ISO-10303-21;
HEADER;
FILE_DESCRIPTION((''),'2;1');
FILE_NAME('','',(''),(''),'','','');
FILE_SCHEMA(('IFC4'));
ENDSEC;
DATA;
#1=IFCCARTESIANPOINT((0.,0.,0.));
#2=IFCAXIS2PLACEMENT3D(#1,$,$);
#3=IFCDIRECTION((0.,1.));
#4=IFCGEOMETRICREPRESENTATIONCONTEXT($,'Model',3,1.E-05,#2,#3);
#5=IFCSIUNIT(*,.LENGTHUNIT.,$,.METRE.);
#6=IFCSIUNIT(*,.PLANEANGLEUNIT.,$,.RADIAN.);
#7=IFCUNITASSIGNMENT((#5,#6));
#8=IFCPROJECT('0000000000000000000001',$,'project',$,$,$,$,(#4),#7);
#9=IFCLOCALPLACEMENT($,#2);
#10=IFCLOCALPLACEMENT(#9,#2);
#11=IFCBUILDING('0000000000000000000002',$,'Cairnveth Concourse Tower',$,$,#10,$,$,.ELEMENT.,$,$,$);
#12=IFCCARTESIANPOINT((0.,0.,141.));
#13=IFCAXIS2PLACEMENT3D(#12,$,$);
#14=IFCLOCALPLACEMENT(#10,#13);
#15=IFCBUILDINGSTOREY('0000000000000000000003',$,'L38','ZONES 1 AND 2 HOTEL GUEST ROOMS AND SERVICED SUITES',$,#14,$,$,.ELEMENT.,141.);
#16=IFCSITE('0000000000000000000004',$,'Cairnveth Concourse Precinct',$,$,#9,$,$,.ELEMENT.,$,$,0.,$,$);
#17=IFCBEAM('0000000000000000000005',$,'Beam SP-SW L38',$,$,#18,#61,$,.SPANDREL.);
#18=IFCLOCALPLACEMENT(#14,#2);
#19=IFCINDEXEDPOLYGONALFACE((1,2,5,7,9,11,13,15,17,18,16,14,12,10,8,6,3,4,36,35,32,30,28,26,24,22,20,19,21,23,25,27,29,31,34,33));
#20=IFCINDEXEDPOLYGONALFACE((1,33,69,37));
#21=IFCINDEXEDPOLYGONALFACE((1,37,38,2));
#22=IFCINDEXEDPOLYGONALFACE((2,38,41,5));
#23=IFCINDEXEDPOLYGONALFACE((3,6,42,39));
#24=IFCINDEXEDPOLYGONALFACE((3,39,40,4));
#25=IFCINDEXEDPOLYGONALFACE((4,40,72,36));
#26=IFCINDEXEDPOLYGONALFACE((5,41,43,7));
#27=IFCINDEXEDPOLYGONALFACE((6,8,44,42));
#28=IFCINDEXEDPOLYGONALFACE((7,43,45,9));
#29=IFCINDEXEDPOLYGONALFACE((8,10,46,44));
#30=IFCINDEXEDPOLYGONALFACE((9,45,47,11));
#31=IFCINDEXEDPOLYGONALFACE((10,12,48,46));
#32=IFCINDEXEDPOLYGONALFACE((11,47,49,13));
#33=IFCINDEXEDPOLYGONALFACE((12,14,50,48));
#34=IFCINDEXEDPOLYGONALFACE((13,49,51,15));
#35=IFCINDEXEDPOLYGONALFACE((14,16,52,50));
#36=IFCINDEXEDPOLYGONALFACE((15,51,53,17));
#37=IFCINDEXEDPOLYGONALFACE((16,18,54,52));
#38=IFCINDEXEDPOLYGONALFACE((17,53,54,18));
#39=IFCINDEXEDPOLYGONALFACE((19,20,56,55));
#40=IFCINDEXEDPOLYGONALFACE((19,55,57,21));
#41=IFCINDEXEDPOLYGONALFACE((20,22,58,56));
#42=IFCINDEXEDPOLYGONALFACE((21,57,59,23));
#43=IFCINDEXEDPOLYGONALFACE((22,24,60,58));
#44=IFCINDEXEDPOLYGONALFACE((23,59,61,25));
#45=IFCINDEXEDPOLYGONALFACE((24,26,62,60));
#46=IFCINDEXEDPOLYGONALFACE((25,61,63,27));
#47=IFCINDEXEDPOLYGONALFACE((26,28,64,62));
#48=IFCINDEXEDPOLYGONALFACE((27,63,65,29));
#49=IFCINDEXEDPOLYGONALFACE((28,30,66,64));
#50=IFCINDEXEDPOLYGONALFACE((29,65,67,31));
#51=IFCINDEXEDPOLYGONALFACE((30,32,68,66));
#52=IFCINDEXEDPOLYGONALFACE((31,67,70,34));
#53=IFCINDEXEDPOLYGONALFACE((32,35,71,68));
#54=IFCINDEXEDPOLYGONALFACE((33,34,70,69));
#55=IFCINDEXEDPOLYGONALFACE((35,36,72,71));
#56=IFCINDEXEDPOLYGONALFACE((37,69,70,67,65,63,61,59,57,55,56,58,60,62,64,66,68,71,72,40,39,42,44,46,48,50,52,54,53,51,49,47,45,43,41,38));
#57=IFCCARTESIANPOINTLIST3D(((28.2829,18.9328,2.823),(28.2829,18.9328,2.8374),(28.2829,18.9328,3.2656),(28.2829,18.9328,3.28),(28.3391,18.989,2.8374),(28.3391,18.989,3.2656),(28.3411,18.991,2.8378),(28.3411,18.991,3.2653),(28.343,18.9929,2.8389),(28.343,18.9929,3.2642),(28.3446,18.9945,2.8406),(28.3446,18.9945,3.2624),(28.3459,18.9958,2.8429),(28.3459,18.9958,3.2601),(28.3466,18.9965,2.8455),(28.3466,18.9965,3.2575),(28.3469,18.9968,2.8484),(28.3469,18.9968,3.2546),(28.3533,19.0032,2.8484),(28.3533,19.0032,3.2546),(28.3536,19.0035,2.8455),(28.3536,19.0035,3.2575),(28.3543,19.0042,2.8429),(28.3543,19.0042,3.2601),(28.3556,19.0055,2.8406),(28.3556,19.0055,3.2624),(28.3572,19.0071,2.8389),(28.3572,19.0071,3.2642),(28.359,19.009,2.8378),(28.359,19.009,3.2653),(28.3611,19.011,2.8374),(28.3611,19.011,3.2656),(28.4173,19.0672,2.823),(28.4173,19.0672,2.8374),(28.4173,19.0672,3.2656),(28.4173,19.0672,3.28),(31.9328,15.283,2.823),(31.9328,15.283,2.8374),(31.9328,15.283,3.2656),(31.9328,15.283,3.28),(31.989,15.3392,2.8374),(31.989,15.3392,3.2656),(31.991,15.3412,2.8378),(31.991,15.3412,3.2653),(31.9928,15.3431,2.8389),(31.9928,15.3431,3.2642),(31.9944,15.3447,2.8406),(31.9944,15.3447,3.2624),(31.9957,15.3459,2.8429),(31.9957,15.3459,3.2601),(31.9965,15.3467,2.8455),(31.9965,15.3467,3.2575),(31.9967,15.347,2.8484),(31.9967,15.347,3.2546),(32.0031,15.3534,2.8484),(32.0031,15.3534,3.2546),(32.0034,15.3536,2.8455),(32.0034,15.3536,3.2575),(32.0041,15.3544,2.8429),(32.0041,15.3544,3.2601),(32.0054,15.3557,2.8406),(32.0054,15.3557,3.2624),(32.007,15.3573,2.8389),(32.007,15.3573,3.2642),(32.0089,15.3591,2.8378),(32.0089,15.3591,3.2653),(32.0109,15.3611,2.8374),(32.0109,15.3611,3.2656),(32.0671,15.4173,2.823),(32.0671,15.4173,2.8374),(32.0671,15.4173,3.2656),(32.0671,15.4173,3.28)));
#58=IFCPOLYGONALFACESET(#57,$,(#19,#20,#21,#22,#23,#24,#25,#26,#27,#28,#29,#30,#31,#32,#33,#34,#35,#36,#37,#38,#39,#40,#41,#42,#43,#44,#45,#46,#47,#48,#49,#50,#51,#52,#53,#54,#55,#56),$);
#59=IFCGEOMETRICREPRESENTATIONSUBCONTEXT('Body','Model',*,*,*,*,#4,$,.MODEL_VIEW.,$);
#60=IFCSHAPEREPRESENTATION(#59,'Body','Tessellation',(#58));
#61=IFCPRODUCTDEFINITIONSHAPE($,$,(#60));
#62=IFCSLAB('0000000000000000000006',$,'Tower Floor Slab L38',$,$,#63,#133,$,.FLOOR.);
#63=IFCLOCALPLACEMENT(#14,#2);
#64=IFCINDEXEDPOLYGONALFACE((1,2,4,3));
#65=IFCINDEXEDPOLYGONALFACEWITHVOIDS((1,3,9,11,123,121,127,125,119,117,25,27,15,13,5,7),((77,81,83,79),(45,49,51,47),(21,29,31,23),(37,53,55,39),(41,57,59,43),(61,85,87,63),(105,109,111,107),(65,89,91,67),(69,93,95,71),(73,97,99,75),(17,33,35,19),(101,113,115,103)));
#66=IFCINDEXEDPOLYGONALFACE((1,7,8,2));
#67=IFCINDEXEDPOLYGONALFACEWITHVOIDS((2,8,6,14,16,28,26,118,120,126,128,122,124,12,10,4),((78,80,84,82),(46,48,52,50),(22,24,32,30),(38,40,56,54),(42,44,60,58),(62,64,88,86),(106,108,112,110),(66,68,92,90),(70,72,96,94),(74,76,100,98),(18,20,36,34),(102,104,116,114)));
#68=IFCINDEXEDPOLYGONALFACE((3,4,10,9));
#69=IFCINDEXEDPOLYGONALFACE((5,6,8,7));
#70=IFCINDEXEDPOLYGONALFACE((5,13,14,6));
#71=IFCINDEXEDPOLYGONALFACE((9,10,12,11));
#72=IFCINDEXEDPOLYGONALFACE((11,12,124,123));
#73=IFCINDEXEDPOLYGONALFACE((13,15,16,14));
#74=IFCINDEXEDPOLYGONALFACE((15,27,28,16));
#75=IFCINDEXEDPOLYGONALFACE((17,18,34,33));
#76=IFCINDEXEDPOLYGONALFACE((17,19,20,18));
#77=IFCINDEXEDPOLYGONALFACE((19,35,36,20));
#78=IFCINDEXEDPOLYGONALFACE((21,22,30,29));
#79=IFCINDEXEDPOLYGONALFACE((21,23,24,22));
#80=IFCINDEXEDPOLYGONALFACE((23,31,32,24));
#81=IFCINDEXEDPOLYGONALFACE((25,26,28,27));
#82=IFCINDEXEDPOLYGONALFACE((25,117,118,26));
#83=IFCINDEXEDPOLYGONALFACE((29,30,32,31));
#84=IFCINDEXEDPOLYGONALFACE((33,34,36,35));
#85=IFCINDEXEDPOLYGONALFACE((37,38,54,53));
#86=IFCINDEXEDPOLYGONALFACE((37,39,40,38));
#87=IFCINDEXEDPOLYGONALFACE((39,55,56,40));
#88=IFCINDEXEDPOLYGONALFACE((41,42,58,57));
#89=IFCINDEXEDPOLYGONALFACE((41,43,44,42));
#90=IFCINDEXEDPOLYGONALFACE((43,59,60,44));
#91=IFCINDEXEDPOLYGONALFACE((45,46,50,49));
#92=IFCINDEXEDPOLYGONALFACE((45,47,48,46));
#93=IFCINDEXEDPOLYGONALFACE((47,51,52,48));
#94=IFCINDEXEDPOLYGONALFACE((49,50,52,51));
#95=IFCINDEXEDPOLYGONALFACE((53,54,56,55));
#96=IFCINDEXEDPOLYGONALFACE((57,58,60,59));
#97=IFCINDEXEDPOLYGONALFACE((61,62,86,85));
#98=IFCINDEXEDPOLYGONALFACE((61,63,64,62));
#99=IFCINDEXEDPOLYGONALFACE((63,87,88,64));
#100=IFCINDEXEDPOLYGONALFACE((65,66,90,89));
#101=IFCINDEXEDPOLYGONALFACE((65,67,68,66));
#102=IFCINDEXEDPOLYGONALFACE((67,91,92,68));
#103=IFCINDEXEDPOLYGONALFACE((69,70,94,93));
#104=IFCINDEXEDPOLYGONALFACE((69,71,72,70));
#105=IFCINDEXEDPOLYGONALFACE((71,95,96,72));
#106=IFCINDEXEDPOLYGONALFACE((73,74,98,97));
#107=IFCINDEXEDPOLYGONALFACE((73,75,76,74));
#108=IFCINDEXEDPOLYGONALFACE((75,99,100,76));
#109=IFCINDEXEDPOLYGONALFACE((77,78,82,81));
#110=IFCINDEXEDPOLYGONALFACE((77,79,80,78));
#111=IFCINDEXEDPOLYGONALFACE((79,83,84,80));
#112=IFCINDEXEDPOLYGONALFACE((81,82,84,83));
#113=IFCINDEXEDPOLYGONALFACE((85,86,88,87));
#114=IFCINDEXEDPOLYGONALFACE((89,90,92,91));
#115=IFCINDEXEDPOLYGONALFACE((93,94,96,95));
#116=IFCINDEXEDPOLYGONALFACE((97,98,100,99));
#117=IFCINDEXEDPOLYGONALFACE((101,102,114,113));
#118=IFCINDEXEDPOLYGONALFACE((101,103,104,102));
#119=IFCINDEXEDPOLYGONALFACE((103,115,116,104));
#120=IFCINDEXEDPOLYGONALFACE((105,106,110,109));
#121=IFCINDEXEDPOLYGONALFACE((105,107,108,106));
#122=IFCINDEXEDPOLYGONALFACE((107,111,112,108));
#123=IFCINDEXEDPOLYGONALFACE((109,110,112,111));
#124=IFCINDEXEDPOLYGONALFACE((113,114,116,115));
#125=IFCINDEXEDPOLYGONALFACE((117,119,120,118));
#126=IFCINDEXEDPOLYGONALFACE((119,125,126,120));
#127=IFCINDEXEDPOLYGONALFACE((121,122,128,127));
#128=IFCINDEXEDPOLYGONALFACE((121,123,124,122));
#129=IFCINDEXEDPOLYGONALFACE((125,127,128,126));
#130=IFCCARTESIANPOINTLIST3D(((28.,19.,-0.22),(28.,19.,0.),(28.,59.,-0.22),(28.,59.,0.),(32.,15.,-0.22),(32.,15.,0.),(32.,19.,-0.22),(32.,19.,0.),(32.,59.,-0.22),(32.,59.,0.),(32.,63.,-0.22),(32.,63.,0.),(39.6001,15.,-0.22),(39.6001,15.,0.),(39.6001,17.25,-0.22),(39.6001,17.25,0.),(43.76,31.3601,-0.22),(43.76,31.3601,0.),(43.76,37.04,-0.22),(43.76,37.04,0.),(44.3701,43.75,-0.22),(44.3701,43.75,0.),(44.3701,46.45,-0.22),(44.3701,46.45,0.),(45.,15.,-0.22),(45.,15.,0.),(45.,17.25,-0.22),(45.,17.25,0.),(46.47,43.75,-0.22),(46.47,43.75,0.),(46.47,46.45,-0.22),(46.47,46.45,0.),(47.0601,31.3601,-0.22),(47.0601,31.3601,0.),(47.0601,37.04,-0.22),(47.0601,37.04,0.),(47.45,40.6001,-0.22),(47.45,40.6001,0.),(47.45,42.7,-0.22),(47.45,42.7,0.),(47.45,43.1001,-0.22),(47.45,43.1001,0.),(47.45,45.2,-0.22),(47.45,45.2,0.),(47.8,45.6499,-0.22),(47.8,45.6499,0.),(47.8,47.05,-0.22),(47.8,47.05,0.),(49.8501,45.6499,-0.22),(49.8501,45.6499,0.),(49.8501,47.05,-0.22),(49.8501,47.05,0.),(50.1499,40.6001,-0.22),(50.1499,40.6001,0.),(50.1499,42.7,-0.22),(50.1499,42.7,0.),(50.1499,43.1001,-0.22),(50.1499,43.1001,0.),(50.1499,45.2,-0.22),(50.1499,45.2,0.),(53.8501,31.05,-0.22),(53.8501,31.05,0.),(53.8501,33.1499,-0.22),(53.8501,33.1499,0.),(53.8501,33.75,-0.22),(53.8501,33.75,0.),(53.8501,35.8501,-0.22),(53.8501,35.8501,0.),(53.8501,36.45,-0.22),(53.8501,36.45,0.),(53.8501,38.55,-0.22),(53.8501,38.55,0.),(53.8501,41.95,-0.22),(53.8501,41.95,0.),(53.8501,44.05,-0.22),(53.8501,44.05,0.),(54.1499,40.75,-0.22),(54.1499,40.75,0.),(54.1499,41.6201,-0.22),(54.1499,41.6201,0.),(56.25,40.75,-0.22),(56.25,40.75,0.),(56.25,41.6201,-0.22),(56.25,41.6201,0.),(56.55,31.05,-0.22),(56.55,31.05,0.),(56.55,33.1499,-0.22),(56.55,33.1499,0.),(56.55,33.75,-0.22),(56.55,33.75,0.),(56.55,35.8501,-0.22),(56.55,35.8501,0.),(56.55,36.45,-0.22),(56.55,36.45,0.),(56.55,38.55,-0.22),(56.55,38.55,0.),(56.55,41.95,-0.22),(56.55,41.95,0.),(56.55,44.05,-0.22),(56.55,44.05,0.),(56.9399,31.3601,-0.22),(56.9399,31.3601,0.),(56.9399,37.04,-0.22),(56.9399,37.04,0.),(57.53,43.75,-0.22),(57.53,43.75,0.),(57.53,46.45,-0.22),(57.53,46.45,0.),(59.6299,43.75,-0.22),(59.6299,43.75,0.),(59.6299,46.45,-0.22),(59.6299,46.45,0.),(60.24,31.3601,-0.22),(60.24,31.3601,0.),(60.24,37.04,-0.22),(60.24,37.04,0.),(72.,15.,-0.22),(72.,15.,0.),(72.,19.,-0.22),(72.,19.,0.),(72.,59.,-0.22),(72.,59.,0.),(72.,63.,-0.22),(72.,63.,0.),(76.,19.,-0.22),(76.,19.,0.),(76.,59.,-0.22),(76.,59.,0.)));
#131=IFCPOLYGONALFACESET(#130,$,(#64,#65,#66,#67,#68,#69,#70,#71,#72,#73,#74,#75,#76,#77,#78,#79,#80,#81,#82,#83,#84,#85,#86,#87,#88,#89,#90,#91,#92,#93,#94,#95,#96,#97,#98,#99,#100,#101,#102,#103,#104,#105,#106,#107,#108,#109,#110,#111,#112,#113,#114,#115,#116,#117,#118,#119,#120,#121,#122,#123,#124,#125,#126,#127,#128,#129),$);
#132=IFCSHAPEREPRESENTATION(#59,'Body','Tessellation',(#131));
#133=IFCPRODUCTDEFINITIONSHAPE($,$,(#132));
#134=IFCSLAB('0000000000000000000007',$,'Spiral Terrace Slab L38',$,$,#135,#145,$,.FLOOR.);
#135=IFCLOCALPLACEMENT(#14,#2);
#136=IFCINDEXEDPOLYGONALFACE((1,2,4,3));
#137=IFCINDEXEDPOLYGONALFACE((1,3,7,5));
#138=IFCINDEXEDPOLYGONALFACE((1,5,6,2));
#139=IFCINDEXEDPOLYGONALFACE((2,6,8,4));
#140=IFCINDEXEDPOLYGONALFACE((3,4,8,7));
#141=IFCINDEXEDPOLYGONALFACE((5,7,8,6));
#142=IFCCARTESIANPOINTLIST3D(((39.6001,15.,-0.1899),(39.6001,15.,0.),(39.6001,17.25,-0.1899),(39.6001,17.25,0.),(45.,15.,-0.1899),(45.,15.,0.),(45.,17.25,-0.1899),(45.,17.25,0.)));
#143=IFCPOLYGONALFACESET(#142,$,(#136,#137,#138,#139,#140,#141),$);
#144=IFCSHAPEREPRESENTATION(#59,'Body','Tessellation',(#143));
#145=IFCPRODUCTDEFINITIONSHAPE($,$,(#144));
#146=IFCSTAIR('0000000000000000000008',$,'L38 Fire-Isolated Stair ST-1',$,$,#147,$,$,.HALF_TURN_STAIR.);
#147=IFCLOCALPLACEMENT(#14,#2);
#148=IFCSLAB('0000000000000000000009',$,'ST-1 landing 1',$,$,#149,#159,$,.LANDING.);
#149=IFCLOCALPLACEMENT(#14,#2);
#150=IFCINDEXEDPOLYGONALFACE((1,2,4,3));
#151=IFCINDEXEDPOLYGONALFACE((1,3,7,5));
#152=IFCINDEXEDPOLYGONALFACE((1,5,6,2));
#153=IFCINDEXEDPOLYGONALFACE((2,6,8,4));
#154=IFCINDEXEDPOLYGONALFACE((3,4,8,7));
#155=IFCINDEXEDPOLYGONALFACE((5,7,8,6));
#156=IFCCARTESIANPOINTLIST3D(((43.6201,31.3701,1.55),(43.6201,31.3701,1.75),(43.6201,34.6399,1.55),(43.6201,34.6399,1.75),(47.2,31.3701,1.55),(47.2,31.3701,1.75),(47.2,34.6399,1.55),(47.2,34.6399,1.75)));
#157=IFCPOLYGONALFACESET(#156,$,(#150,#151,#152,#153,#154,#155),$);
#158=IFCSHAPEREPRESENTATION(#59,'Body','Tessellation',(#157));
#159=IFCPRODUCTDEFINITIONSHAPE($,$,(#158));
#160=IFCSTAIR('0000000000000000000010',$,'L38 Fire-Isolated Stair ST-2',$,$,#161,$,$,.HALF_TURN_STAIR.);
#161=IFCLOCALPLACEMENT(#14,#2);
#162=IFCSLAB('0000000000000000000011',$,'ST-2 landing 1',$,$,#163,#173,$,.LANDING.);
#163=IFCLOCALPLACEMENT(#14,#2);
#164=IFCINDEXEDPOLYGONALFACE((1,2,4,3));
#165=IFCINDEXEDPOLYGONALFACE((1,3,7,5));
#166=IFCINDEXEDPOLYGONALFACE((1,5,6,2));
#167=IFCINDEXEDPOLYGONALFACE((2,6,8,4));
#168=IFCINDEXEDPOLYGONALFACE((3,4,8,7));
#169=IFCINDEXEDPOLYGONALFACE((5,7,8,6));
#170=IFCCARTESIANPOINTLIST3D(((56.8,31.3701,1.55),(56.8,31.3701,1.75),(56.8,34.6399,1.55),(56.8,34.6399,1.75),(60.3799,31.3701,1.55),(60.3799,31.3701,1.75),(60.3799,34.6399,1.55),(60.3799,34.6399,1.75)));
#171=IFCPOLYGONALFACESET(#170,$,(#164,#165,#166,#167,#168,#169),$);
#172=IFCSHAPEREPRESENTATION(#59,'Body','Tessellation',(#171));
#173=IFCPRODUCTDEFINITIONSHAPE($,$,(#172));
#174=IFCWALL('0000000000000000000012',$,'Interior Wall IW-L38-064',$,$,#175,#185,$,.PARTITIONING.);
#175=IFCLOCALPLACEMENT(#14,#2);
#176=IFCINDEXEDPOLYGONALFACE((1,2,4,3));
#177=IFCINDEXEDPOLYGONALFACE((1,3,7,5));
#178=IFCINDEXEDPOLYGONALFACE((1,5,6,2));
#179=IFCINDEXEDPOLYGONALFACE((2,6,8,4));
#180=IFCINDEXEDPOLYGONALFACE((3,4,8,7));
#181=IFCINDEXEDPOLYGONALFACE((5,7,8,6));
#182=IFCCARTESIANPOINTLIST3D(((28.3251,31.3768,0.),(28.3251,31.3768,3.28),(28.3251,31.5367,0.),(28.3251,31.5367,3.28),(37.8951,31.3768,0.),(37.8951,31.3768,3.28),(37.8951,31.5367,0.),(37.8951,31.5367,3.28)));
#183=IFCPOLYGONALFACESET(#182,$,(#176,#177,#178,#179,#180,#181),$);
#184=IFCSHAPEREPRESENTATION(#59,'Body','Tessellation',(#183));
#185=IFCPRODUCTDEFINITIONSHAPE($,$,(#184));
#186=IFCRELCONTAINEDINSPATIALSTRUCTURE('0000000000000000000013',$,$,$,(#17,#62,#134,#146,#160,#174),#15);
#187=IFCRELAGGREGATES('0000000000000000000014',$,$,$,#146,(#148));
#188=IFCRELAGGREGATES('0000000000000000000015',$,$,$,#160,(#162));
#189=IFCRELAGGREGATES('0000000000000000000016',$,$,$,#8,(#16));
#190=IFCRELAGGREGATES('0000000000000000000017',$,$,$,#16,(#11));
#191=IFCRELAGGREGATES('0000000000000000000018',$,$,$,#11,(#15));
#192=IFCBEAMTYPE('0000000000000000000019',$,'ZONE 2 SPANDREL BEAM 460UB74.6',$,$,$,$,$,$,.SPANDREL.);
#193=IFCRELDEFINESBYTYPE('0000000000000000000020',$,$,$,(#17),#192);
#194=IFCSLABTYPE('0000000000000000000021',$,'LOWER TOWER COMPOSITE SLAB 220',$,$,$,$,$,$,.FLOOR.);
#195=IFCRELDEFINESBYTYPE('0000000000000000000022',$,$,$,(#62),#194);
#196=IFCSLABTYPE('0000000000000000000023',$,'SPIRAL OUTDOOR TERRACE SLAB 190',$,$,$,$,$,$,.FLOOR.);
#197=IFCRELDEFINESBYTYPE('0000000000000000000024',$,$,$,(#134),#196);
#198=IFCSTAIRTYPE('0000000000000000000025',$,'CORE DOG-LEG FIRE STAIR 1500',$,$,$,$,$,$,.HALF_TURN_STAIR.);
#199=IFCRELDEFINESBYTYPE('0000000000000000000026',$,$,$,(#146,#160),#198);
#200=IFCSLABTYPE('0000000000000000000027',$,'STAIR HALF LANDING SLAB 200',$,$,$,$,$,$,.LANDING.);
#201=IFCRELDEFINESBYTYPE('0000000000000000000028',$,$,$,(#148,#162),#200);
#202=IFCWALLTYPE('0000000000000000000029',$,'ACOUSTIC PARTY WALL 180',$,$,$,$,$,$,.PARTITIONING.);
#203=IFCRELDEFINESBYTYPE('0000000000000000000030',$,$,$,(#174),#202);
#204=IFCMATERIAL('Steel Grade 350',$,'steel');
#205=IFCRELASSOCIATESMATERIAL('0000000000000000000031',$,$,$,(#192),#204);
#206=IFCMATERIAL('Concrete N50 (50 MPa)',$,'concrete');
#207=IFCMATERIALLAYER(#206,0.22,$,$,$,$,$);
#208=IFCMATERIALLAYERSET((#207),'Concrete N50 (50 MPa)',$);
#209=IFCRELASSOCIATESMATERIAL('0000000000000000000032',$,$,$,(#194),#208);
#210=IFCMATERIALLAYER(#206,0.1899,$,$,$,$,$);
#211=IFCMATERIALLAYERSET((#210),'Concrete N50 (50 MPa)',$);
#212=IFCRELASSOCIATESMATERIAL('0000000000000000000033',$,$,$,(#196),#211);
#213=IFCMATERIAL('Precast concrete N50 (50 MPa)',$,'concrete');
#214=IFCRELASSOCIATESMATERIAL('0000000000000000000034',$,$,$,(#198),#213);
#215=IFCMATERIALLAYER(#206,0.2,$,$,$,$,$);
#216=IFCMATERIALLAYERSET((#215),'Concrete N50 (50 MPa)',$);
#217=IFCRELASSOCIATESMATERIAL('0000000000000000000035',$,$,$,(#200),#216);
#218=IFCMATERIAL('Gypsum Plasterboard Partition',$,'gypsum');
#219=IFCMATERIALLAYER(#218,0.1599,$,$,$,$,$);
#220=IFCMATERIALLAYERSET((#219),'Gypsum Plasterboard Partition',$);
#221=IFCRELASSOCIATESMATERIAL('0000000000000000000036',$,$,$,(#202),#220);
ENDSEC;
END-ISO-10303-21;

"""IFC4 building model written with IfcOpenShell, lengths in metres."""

from ifc_helpers import new_model, si_unit, direction, frame, frame_2d, origin, origin_2d, place, context, subcontext, project, spatial, polyline, rectangle, i_section, outline, extrude, material, layer, layer_set, material_profile, profile_set, type_object, element, aggregate, save


model = new_model("IFC4")

# Units and contexts
model_context = context("Model", 3, precision=1e-05, world=origin(), true_north=direction((0.0, 1.0)))
body_context = subcontext(model_context, "Body", "Model", "MODEL_VIEW")
ifc_project = project(units=[si_unit("LENGTHUNIT", "METRE"), si_unit("PLANEANGLEUNIT", "RADIAN")], contexts=[model_context])

# Site, building, storey
site_placement = place(None, origin())
site = spatial("IfcSite", under=ifc_project, at=site_placement, Name="Cairnveth Concourse Precinct", CompositionType="ELEMENT", RefElevation=0.0)
building_placement = place(site_placement, origin())
building = spatial("IfcBuilding", under=site, at=building_placement, Name="Cairnveth Concourse Tower", CompositionType="ELEMENT")
storey_placement = place(building_placement, frame((0.0, 0.0, 141.0)))
storey = spatial("IfcBuildingStorey", under=building, at=storey_placement, Name="L38", Description="ZONES 1 AND 2 HOTEL GUEST ROOMS AND SERVICED SUITES", CompositionType="ELEMENT", Elevation=141.0)

# Shared definitions
ifc_material_1 = material(Name="Steel Grade 350", Category="steel")

# Beam
ifc_material_profile_1 = material_profile(ifc_material_1, i_section(OverallWidth=0.1899, OverallDepth=0.457, WebThickness=0.009, FlangeThickness=0.0144, FilletRadius=0.011, at=origin_2d()), Name="460UB74.6")
ifc_profile_set_1 = profile_set([ifc_material_profile_1], Name="Steel Grade 350")
beam_type_1 = type_object("IfcBeamType", Name="ZONE 2 SPANDREL BEAM 460UB74.6", PredefinedType="SPANDREL", material=ifc_profile_set_1)
beam_1_placement = place(storey_placement, frame((28.3501, 19.0, 3.0515), z_axis=(0.707107, -0.707107, 0.0), x_axis=(0.707107, 0.707107, 0.0)))
element("IfcBeam", 1, at=beam_1_placement, inside=storey, type_object=beam_type_1, Name="Beam SP-SW L38", PredefinedType="SPANDREL", context=body_context, shape_type="SweptSolid", body=[
    extrude(i_section(OverallWidth=0.1899, OverallDepth=0.457, WebThickness=0.009, FlangeThickness=0.0144, FilletRadius=0.011, at=origin_2d()), origin(), (0.0, 0.0, 1.0), 5.1616),
])

# Slabs
ifc_material_2 = material(Name="Concrete N50 (50 MPa)", Category="concrete")
ifc_layer_1 = layer(ifc_material_2, 0.22)
ifc_layer_set_1 = layer_set([ifc_layer_1], Name="Concrete N50 (50 MPa)")
slab_type_1 = type_object("IfcSlabType", Name="LOWER TOWER COMPOSITE SLAB 220", PredefinedType="FLOOR", material=ifc_layer_set_1)
slab_1_placement = place(storey_placement, frame((0.0, 0.0, -0.22)))
element("IfcSlab", 2, at=slab_1_placement, inside=storey, type_object=slab_type_1, Name="Tower Floor Slab L38", PredefinedType="FLOOR", context=body_context, shape_type="SweptSolid", body=[
    extrude(outline(polyline([(39.6001, 15.0), (39.6001, 17.25), (45.0, 17.25), (45.0, 15.0), (72.0, 15.0), (72.0, 19.0), (76.0, 19.0), (76.0, 59.0), (72.0, 59.0), (72.0, 63.0), (32.0, 63.0), (32.0, 59.0), (28.0, 59.0), (28.0, 19.0), (32.0, 19.0), (32.0, 15.0), (39.6001, 15.0)]), holes=[polyline([(43.76, 31.3601), (47.0601, 31.3601), (47.0601, 37.04), (43.76, 37.04), (43.76, 31.3601)]), polyline([(56.9399, 31.3601), (60.24, 31.3601), (60.24, 37.04), (56.9399, 37.04), (56.9399, 31.3601)]), polyline([(44.3701, 43.75), (46.47, 43.75), (46.47, 46.45), (44.3701, 46.45), (44.3701, 43.75)]), polyline([(57.53, 43.75), (59.6299, 43.75), (59.6299, 46.45), (57.53, 46.45), (57.53, 43.75)]), polyline([(53.8501, 31.05), (56.55, 31.05), (56.55, 33.1499), (53.8501, 33.1499), (53.8501, 31.05)]), polyline([(53.8501, 33.75), (56.55, 33.75), (56.55, 35.8501), (53.8501, 35.8501), (53.8501, 33.75)]), polyline([(53.8501, 36.45), (56.55, 36.45), (56.55, 38.55), (53.8501, 38.55), (53.8501, 36.45)]), polyline([(47.45, 40.6001), (50.1499, 40.6001), (50.1499, 42.7), (47.45, 42.7), (47.45, 40.6001)]), polyline([(47.45, 43.1001), (50.1499, 43.1001), (50.1499, 45.2), (47.45, 45.2), (47.45, 43.1001)]), polyline([(53.8501, 41.95), (56.55, 41.95), (56.55, 44.05), (53.8501, 44.05), (53.8501, 41.95)]), polyline([(47.8, 45.6499), (49.8501, 45.6499), (49.8501, 47.05), (47.8, 47.05), (47.8, 45.6499)]), polyline([(54.1499, 40.75), (56.25, 40.75), (56.25, 41.6201), (54.1499, 41.6201), (54.1499, 40.75)])]), origin(), (0.0, 0.0, 1.0), 0.22),
])
ifc_layer_2 = layer(ifc_material_2, 0.1899)
ifc_layer_set_2 = layer_set([ifc_layer_2], Name="Concrete N50 (50 MPa)")
slab_type_2 = type_object("IfcSlabType", Name="SPIRAL OUTDOOR TERRACE SLAB 190", PredefinedType="FLOOR", material=ifc_layer_set_2)
slab_2_placement = place(storey_placement, frame((0.0, 0.0, -0.1899)))
element("IfcSlab", 3, at=slab_2_placement, inside=storey, type_object=slab_type_2, Name="Spiral Terrace Slab L38", PredefinedType="FLOOR", context=body_context, shape_type="SweptSolid", body=[
    extrude(outline(polyline([(39.6001, 15.0), (45.0, 15.0), (45.0, 17.25), (39.6001, 17.25), (39.6001, 15.0)])), origin(), (0.0, 0.0, 1.0), 0.1899),
])

# Stairs, slabs
ifc_material_3 = material(Name="Precast concrete N50 (50 MPa)", Category="concrete")
stair_type = type_object("IfcStairType", Name="CORE DOG-LEG FIRE STAIR 1500", PredefinedType="HALF_TURN_STAIR", material=ifc_material_3)
stair_1_placement = place(storey_placement, origin())
stair_1 = element("IfcStair", 4, at=stair_1_placement, inside=storey, type_object=stair_type, Name="L38 Fire-Isolated Stair ST-1", PredefinedType="HALF_TURN_STAIR")
ifc_layer_3 = layer(ifc_material_2, 0.2)
ifc_layer_set_3 = layer_set([ifc_layer_3], Name="Concrete N50 (50 MPa)")
slab_type_3 = type_object("IfcSlabType", Name="STAIR HALF LANDING SLAB 200", PredefinedType="LANDING", material=ifc_layer_set_3)
slab_3_placement = place(storey_placement, frame((0.0, 0.0, 1.55)))
slab_3 = element("IfcSlab", 5, at=slab_3_placement, type_object=slab_type_3, Name="ST-1 landing 1", PredefinedType="LANDING", context=body_context, shape_type="SweptSolid", body=[
    extrude(outline(polyline([(43.6201, 34.6399), (43.6201, 31.3701), (47.2, 31.3701), (47.2, 34.6399), (43.6201, 34.6399)])), origin(), (0.0, 0.0, 1.0), 0.2),
])
aggregate(stair_1, [slab_3])
stair_2_placement = place(storey_placement, origin())
stair_2 = element("IfcStair", 6, at=stair_2_placement, inside=storey, type_object=stair_type, Name="L38 Fire-Isolated Stair ST-2", PredefinedType="HALF_TURN_STAIR")
slab_4_placement = place(storey_placement, frame((0.0, 0.0, 1.55)))
slab_4 = element("IfcSlab", 7, at=slab_4_placement, type_object=slab_type_3, Name="ST-2 landing 1", PredefinedType="LANDING", context=body_context, shape_type="SweptSolid", body=[
    extrude(outline(polyline([(56.8, 34.6399), (56.8, 31.3701), (60.3799, 31.3701), (60.3799, 34.6399), (56.8, 34.6399)])), origin(), (0.0, 0.0, 1.0), 0.2),
])
aggregate(stair_2, [slab_4])

# Wall
ifc_material_4 = material(Name="Gypsum Plasterboard Partition", Category="gypsum")
ifc_layer_4 = layer(ifc_material_4, 0.1599)
ifc_layer_set_4 = layer_set([ifc_layer_4], Name="Gypsum Plasterboard Partition")
wall_type_1 = type_object("IfcWallType", Name="ACOUSTIC PARTY WALL 180", PredefinedType="PARTITIONING", material=ifc_layer_set_4)
wall_1_placement = place(storey_placement, frame((28.325, 31.4568, 0.0), z_axis=(0.0, 0.0, 1.0), x_axis=(1.0, 0.0, 0.0)))
element("IfcWall", 8, at=wall_1_placement, inside=storey, type_object=wall_type_1, Name="Interior Wall IW-L38-064", PredefinedType="PARTITIONING", context=body_context, shape_type="SweptSolid", body=[
    extrude(rectangle(XDim=9.5701, YDim=0.1599, at=frame_2d((4.7852, 0.0))), origin(), (0.0, 0.0, 1.0), 3.28),
])

save(model, "model.ifc")
